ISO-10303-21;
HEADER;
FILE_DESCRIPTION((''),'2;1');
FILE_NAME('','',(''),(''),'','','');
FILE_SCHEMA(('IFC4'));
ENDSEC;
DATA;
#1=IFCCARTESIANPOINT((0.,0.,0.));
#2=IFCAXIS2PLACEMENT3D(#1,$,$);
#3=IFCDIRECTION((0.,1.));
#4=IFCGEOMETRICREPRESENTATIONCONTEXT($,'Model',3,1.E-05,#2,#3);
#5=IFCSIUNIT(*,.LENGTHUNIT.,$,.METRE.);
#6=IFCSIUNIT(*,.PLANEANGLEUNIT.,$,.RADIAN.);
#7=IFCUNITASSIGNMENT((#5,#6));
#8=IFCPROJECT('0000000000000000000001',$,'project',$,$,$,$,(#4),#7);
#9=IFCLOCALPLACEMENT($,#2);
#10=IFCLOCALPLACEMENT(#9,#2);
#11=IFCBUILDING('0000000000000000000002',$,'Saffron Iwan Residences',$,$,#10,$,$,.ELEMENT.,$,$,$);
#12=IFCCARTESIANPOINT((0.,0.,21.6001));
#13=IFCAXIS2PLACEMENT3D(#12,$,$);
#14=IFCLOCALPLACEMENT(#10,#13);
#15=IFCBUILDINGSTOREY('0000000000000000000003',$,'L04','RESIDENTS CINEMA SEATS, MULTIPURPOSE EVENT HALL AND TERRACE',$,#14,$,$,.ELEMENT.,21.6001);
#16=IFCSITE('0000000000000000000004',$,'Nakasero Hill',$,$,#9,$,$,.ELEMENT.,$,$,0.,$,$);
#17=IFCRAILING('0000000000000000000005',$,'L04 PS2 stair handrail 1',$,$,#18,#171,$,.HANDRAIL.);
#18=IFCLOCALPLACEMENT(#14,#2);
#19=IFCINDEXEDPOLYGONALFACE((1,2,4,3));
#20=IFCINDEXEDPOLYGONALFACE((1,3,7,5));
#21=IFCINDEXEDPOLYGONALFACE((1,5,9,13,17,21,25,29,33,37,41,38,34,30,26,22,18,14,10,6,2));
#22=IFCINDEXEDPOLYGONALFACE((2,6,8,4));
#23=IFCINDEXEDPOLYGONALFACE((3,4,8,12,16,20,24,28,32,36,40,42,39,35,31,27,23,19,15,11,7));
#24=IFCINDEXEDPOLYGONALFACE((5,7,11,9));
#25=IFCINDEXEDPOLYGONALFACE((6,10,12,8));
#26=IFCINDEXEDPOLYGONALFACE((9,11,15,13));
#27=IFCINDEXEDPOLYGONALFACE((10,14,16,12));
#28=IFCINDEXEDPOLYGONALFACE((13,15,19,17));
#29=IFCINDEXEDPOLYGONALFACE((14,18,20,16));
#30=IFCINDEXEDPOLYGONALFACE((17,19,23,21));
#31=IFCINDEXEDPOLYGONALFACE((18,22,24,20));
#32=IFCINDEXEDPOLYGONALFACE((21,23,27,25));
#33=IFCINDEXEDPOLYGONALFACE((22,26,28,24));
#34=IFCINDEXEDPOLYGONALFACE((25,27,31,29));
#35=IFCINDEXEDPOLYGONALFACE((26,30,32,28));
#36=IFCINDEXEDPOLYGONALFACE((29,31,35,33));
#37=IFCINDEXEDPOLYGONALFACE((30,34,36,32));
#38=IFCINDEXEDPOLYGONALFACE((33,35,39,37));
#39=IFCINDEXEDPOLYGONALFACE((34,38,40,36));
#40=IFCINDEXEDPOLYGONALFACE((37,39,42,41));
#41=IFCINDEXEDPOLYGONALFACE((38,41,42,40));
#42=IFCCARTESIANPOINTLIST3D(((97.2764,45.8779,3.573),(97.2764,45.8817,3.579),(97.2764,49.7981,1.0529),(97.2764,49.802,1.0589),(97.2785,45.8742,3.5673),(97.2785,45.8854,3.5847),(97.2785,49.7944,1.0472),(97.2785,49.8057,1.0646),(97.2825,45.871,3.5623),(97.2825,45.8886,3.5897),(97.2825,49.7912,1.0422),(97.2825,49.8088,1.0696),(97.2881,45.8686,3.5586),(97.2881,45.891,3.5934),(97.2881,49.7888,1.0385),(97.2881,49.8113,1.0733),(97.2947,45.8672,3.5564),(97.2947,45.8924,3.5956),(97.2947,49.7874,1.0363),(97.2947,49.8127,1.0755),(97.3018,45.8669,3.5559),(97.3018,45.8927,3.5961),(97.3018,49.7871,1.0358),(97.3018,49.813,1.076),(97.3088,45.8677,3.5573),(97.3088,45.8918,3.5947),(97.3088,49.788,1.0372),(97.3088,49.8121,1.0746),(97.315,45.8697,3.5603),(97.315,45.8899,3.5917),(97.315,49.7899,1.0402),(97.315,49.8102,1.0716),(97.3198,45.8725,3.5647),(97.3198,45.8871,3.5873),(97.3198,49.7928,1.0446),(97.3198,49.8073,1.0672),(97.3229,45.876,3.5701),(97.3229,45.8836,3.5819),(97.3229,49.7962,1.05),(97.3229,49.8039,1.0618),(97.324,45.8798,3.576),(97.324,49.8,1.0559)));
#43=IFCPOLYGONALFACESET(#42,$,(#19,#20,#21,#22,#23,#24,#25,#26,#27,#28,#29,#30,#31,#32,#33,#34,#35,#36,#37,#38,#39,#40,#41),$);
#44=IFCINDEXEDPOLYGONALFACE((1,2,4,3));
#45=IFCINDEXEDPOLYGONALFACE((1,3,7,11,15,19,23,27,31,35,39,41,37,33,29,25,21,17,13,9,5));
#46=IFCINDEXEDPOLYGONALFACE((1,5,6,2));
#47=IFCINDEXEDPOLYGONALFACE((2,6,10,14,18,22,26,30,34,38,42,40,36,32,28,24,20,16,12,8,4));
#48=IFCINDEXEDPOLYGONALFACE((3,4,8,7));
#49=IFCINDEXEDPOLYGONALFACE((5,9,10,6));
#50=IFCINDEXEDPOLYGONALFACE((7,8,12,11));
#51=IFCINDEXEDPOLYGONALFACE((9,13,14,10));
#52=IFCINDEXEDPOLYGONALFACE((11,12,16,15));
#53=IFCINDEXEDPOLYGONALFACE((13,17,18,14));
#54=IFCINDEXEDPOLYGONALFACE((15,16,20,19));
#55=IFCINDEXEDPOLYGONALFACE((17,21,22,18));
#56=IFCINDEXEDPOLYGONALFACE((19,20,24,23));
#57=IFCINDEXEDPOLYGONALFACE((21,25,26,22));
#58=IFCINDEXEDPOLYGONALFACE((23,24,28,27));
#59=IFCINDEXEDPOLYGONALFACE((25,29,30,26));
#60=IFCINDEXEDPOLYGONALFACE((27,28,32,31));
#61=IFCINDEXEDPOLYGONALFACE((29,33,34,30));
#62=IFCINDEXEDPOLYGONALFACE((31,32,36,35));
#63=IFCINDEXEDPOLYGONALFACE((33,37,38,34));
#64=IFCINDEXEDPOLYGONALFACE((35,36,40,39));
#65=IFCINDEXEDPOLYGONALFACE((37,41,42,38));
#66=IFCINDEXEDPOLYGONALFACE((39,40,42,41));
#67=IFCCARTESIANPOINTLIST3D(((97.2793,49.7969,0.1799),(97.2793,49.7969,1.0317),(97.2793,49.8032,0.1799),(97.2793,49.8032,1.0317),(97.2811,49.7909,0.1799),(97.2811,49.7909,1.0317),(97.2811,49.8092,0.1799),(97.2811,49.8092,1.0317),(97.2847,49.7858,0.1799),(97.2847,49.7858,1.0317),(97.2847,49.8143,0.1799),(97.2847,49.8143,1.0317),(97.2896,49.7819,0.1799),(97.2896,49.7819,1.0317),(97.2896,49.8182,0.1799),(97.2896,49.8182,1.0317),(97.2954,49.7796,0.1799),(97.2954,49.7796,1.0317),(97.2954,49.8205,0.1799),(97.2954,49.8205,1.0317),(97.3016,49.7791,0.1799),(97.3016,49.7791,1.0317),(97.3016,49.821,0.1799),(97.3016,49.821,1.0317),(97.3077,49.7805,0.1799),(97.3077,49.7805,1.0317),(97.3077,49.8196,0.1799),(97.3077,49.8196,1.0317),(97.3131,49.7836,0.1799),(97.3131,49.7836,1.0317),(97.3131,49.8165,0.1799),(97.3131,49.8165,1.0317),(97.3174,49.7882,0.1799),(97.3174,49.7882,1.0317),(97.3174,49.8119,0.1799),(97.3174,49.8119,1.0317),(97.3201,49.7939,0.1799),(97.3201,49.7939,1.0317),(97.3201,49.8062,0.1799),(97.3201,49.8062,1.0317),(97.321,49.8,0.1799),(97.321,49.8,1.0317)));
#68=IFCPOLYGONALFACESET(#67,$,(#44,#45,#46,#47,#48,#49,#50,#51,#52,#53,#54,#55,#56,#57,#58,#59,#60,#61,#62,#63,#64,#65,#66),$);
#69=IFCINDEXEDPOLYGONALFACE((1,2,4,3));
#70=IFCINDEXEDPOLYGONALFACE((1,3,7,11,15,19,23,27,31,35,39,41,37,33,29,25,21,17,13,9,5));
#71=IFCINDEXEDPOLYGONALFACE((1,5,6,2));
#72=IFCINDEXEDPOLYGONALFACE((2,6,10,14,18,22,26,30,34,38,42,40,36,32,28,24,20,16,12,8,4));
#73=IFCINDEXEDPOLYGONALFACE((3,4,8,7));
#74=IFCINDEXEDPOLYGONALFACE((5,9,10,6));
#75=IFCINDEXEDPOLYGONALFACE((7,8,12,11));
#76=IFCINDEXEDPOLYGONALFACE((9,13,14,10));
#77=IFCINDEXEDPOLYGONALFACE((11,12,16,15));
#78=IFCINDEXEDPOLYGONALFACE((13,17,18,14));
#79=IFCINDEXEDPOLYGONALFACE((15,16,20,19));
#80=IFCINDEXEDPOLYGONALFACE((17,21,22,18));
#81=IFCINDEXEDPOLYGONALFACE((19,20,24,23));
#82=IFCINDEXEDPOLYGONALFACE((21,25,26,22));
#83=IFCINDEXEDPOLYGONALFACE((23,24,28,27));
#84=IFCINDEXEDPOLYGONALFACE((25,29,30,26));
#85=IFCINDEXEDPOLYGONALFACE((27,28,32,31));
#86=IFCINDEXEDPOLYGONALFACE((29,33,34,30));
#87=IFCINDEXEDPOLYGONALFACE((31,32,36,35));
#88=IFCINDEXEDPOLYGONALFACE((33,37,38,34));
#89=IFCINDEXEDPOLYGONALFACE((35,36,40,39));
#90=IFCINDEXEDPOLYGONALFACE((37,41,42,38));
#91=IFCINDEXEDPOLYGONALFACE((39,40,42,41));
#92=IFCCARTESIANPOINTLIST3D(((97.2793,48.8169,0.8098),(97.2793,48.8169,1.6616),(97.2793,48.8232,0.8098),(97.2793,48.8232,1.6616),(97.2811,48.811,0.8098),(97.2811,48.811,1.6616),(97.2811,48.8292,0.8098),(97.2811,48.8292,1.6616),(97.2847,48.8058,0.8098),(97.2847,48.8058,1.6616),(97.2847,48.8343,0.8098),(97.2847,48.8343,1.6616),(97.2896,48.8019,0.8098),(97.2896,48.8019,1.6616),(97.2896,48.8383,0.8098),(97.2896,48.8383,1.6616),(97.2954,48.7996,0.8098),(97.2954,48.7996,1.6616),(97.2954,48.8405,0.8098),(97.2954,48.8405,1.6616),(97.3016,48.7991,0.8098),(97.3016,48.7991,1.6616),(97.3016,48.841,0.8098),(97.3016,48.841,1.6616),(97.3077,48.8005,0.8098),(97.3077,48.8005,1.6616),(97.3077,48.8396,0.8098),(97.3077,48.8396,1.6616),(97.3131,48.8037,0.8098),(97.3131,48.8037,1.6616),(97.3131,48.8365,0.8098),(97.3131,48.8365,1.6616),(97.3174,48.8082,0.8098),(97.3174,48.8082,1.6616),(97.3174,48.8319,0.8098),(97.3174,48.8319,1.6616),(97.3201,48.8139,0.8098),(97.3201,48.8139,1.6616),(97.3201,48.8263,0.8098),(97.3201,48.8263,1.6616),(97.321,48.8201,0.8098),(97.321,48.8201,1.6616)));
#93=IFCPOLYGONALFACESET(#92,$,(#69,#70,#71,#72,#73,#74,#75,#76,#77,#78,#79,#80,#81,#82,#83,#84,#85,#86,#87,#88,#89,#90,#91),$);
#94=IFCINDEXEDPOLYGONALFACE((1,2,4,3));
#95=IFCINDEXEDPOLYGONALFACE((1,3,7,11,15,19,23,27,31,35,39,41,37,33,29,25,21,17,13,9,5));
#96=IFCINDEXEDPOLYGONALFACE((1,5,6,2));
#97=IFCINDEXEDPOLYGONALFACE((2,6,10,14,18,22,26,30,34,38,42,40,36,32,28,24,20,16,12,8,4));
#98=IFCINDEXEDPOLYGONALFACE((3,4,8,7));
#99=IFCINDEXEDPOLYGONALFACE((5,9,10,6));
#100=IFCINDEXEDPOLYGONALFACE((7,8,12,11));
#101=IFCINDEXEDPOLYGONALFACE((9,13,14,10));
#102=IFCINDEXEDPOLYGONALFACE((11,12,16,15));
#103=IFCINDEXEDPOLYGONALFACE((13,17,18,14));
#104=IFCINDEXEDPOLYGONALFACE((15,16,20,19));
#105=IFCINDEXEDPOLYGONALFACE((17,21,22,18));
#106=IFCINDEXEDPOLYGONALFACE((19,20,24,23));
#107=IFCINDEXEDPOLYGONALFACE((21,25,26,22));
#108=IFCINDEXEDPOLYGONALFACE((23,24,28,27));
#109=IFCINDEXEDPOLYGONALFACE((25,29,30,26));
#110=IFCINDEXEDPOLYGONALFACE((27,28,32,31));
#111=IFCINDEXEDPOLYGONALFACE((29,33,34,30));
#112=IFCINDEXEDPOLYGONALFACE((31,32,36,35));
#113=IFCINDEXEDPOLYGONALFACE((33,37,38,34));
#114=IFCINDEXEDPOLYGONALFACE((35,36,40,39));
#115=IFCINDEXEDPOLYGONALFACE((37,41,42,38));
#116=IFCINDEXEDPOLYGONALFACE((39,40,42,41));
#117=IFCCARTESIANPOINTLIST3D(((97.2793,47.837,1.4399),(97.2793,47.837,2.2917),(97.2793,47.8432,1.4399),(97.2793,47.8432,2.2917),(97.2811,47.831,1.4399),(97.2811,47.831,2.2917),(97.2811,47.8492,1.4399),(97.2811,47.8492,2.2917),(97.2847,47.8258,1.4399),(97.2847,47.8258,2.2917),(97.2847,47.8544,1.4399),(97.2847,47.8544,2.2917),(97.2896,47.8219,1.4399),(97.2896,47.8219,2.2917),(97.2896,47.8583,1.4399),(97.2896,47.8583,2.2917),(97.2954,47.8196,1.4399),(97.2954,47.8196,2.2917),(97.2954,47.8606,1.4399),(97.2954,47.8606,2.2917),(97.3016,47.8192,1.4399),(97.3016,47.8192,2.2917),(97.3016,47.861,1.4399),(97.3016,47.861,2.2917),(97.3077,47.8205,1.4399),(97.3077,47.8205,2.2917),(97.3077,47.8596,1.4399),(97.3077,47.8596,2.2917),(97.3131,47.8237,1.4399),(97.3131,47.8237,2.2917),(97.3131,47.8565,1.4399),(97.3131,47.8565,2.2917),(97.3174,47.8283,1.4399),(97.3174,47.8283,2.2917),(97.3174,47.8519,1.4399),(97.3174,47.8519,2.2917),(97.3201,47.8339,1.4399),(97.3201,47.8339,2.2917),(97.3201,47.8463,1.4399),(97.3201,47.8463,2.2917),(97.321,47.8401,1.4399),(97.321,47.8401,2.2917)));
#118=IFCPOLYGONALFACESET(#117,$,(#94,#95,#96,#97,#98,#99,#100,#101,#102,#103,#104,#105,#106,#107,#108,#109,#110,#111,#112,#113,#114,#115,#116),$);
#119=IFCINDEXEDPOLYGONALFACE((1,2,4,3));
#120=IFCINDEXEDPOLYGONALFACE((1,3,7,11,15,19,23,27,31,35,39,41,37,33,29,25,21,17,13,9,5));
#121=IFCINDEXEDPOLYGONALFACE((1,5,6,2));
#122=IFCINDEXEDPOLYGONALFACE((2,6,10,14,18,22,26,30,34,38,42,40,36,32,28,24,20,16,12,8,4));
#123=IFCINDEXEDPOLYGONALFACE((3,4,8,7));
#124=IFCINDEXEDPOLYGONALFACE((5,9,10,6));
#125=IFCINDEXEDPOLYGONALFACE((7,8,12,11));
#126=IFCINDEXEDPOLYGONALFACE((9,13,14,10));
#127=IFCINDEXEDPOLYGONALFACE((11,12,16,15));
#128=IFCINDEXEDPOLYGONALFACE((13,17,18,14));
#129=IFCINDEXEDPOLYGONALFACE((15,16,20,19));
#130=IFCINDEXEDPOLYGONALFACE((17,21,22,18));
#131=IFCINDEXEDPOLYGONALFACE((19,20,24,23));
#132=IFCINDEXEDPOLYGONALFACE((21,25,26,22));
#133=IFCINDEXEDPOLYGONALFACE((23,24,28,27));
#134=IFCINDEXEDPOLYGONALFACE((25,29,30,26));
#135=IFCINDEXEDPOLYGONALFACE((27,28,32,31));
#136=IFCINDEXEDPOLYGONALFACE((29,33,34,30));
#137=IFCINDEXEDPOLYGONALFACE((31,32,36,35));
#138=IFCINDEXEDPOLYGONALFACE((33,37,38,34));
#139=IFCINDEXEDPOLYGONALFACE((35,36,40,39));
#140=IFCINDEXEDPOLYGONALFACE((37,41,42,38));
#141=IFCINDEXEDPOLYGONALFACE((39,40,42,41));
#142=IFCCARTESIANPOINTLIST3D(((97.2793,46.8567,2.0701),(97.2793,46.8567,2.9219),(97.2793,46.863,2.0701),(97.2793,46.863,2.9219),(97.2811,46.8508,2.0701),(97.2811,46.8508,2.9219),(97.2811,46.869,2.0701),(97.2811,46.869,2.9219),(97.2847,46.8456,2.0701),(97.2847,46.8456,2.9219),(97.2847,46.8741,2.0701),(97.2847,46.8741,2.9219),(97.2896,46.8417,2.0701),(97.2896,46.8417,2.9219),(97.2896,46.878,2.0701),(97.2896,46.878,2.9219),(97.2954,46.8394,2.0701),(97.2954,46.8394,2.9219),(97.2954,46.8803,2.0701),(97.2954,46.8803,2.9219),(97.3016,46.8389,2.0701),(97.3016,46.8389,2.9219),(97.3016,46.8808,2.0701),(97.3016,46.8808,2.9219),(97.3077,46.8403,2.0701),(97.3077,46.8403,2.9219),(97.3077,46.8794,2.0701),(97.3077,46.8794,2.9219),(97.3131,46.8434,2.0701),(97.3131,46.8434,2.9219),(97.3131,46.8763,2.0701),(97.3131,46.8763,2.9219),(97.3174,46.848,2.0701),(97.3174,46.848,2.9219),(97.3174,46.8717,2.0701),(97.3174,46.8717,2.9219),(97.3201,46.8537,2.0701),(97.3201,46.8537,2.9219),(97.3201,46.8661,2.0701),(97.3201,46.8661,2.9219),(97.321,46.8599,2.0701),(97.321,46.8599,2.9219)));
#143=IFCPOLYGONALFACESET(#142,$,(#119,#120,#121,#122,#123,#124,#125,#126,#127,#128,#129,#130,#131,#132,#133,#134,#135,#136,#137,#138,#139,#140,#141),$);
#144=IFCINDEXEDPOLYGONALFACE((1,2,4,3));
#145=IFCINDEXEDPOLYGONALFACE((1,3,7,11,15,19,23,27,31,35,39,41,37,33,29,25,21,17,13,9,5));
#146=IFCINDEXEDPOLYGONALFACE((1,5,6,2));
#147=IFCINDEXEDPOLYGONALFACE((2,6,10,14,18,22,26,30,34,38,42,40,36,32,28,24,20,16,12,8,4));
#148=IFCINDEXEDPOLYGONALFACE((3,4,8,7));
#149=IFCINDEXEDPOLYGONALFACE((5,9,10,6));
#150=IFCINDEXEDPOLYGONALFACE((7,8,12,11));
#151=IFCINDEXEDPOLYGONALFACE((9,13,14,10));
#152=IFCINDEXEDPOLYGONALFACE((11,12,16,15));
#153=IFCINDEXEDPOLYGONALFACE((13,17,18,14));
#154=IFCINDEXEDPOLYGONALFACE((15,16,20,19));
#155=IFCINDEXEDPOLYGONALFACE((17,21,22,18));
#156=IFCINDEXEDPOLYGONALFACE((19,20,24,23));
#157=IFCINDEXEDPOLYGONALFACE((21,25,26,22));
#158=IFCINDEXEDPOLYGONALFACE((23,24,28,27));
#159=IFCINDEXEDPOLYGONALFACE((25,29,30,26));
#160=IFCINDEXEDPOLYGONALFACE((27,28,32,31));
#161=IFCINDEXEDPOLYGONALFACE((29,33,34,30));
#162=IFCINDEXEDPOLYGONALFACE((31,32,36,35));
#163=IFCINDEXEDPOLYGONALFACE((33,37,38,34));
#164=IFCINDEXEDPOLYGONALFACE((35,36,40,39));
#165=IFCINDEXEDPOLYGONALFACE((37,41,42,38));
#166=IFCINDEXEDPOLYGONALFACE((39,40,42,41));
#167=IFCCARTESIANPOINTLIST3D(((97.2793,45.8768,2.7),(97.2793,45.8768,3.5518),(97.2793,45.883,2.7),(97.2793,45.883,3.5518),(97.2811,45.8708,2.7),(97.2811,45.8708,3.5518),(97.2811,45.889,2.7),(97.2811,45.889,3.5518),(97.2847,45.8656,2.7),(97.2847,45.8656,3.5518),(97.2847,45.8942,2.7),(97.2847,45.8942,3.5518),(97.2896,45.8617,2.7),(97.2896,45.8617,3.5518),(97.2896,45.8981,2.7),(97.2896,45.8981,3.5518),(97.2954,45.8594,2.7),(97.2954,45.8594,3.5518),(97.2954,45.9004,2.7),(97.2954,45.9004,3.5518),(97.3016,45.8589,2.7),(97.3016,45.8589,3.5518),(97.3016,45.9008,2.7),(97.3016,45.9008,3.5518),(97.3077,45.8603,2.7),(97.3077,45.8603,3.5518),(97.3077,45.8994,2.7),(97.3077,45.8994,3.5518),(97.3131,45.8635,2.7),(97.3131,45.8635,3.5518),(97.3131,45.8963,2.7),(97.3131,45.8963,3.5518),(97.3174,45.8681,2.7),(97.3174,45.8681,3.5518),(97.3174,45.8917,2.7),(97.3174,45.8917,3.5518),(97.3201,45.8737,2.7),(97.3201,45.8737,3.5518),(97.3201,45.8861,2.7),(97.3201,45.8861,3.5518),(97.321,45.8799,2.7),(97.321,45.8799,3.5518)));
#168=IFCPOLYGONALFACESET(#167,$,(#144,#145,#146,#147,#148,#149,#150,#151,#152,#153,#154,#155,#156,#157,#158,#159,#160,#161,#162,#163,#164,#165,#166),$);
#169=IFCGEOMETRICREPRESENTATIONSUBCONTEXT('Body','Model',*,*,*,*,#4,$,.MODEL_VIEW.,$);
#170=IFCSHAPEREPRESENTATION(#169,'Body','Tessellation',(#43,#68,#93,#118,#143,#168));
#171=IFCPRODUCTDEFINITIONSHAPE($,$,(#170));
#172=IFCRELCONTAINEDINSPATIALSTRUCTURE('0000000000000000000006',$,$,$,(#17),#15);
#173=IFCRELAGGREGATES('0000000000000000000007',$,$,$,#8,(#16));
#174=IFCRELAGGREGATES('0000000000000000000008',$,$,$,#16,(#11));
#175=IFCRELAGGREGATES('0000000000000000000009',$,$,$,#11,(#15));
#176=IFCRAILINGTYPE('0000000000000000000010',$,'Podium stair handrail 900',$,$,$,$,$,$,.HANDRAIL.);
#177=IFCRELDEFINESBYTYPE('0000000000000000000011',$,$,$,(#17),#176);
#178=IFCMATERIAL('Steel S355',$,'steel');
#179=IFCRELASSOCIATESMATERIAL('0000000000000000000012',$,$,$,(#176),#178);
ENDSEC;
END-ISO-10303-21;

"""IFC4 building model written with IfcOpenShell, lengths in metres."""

from ifc_helpers import new_model, si_unit, direction, frame, origin, origin_2d, place, context, subcontext, project, spatial, circle, extrude, material, type_object, element, save


model = new_model("IFC4")

# Units and contexts
model_context = context("Model", 3, precision=1e-05, world=origin(), true_north=direction((0.0, 1.0)))
body_context = subcontext(model_context, "Body", "Model", "MODEL_VIEW")
ifc_project = project(units=[si_unit("LENGTHUNIT", "METRE"), si_unit("PLANEANGLEUNIT", "RADIAN")], contexts=[model_context])

# Site, building, storey
site_placement = place(None, origin())
site = spatial("IfcSite", under=ifc_project, at=site_placement, Name="Nakasero Hill", CompositionType="ELEMENT", RefElevation=0.0)
building_placement = place(site_placement, origin())
building = spatial("IfcBuilding", under=site, at=building_placement, Name="Saffron Iwan Residences", CompositionType="ELEMENT")
storey_placement = place(building_placement, frame((0.0, 0.0, 21.6001)))
storey = spatial("IfcBuildingStorey", under=building, at=storey_placement, Name="L04", Description="RESIDENTS CINEMA SEATS, MULTIPURPOSE EVENT HALL AND TERRACE", CompositionType="ELEMENT", Elevation=21.6001)

# Railing
ifc_material_1 = material(Name="Steel S355", Category="steel")
railing_type_1 = type_object("IfcRailingType", Name="Podium stair handrail 900", PredefinedType="HANDRAIL", material=ifc_material_1)
railing_1_placement = place(storey_placement, frame((97.3, 49.8, 0.1799)))
element("IfcRailing", 1, at=railing_1_placement, inside=storey, type_object=railing_type_1, Name="L04 PS2 stair handrail 1", PredefinedType="HANDRAIL", context=body_context, shape_type="SweptSolid", body=[
    extrude(circle(Radius=0.0239, at=origin_2d()), frame((0.0, 0.0, 0.876), z_axis=(0.0, -0.841187, 0.540744), x_axis=(1.0, 0.0, 0.0)), (0.0, 0.0, 1.0), 4.6604),
    extrude(circle(Radius=0.021, at=origin_2d()), origin(), (0.0, 0.0, 1.0), 0.8518),
    extrude(circle(Radius=0.021, at=origin_2d()), frame((0.0, -0.98, 0.6299)), (0.0, 0.0, 1.0), 0.8518),
    extrude(circle(Radius=0.021, at=origin_2d()), frame((0.0, -1.96, 1.26)), (0.0, 0.0, 1.0), 0.8518),
    extrude(circle(Radius=0.021, at=origin_2d()), frame((0.0, -2.9402, 1.8901)), (0.0, 0.0, 1.0), 0.8518),
    extrude(circle(Radius=0.021, at=origin_2d()), frame((0.0, -3.9202, 2.52)), (0.0, 0.0, 1.0), 0.8518),
])

save(model, "model.ifc")
